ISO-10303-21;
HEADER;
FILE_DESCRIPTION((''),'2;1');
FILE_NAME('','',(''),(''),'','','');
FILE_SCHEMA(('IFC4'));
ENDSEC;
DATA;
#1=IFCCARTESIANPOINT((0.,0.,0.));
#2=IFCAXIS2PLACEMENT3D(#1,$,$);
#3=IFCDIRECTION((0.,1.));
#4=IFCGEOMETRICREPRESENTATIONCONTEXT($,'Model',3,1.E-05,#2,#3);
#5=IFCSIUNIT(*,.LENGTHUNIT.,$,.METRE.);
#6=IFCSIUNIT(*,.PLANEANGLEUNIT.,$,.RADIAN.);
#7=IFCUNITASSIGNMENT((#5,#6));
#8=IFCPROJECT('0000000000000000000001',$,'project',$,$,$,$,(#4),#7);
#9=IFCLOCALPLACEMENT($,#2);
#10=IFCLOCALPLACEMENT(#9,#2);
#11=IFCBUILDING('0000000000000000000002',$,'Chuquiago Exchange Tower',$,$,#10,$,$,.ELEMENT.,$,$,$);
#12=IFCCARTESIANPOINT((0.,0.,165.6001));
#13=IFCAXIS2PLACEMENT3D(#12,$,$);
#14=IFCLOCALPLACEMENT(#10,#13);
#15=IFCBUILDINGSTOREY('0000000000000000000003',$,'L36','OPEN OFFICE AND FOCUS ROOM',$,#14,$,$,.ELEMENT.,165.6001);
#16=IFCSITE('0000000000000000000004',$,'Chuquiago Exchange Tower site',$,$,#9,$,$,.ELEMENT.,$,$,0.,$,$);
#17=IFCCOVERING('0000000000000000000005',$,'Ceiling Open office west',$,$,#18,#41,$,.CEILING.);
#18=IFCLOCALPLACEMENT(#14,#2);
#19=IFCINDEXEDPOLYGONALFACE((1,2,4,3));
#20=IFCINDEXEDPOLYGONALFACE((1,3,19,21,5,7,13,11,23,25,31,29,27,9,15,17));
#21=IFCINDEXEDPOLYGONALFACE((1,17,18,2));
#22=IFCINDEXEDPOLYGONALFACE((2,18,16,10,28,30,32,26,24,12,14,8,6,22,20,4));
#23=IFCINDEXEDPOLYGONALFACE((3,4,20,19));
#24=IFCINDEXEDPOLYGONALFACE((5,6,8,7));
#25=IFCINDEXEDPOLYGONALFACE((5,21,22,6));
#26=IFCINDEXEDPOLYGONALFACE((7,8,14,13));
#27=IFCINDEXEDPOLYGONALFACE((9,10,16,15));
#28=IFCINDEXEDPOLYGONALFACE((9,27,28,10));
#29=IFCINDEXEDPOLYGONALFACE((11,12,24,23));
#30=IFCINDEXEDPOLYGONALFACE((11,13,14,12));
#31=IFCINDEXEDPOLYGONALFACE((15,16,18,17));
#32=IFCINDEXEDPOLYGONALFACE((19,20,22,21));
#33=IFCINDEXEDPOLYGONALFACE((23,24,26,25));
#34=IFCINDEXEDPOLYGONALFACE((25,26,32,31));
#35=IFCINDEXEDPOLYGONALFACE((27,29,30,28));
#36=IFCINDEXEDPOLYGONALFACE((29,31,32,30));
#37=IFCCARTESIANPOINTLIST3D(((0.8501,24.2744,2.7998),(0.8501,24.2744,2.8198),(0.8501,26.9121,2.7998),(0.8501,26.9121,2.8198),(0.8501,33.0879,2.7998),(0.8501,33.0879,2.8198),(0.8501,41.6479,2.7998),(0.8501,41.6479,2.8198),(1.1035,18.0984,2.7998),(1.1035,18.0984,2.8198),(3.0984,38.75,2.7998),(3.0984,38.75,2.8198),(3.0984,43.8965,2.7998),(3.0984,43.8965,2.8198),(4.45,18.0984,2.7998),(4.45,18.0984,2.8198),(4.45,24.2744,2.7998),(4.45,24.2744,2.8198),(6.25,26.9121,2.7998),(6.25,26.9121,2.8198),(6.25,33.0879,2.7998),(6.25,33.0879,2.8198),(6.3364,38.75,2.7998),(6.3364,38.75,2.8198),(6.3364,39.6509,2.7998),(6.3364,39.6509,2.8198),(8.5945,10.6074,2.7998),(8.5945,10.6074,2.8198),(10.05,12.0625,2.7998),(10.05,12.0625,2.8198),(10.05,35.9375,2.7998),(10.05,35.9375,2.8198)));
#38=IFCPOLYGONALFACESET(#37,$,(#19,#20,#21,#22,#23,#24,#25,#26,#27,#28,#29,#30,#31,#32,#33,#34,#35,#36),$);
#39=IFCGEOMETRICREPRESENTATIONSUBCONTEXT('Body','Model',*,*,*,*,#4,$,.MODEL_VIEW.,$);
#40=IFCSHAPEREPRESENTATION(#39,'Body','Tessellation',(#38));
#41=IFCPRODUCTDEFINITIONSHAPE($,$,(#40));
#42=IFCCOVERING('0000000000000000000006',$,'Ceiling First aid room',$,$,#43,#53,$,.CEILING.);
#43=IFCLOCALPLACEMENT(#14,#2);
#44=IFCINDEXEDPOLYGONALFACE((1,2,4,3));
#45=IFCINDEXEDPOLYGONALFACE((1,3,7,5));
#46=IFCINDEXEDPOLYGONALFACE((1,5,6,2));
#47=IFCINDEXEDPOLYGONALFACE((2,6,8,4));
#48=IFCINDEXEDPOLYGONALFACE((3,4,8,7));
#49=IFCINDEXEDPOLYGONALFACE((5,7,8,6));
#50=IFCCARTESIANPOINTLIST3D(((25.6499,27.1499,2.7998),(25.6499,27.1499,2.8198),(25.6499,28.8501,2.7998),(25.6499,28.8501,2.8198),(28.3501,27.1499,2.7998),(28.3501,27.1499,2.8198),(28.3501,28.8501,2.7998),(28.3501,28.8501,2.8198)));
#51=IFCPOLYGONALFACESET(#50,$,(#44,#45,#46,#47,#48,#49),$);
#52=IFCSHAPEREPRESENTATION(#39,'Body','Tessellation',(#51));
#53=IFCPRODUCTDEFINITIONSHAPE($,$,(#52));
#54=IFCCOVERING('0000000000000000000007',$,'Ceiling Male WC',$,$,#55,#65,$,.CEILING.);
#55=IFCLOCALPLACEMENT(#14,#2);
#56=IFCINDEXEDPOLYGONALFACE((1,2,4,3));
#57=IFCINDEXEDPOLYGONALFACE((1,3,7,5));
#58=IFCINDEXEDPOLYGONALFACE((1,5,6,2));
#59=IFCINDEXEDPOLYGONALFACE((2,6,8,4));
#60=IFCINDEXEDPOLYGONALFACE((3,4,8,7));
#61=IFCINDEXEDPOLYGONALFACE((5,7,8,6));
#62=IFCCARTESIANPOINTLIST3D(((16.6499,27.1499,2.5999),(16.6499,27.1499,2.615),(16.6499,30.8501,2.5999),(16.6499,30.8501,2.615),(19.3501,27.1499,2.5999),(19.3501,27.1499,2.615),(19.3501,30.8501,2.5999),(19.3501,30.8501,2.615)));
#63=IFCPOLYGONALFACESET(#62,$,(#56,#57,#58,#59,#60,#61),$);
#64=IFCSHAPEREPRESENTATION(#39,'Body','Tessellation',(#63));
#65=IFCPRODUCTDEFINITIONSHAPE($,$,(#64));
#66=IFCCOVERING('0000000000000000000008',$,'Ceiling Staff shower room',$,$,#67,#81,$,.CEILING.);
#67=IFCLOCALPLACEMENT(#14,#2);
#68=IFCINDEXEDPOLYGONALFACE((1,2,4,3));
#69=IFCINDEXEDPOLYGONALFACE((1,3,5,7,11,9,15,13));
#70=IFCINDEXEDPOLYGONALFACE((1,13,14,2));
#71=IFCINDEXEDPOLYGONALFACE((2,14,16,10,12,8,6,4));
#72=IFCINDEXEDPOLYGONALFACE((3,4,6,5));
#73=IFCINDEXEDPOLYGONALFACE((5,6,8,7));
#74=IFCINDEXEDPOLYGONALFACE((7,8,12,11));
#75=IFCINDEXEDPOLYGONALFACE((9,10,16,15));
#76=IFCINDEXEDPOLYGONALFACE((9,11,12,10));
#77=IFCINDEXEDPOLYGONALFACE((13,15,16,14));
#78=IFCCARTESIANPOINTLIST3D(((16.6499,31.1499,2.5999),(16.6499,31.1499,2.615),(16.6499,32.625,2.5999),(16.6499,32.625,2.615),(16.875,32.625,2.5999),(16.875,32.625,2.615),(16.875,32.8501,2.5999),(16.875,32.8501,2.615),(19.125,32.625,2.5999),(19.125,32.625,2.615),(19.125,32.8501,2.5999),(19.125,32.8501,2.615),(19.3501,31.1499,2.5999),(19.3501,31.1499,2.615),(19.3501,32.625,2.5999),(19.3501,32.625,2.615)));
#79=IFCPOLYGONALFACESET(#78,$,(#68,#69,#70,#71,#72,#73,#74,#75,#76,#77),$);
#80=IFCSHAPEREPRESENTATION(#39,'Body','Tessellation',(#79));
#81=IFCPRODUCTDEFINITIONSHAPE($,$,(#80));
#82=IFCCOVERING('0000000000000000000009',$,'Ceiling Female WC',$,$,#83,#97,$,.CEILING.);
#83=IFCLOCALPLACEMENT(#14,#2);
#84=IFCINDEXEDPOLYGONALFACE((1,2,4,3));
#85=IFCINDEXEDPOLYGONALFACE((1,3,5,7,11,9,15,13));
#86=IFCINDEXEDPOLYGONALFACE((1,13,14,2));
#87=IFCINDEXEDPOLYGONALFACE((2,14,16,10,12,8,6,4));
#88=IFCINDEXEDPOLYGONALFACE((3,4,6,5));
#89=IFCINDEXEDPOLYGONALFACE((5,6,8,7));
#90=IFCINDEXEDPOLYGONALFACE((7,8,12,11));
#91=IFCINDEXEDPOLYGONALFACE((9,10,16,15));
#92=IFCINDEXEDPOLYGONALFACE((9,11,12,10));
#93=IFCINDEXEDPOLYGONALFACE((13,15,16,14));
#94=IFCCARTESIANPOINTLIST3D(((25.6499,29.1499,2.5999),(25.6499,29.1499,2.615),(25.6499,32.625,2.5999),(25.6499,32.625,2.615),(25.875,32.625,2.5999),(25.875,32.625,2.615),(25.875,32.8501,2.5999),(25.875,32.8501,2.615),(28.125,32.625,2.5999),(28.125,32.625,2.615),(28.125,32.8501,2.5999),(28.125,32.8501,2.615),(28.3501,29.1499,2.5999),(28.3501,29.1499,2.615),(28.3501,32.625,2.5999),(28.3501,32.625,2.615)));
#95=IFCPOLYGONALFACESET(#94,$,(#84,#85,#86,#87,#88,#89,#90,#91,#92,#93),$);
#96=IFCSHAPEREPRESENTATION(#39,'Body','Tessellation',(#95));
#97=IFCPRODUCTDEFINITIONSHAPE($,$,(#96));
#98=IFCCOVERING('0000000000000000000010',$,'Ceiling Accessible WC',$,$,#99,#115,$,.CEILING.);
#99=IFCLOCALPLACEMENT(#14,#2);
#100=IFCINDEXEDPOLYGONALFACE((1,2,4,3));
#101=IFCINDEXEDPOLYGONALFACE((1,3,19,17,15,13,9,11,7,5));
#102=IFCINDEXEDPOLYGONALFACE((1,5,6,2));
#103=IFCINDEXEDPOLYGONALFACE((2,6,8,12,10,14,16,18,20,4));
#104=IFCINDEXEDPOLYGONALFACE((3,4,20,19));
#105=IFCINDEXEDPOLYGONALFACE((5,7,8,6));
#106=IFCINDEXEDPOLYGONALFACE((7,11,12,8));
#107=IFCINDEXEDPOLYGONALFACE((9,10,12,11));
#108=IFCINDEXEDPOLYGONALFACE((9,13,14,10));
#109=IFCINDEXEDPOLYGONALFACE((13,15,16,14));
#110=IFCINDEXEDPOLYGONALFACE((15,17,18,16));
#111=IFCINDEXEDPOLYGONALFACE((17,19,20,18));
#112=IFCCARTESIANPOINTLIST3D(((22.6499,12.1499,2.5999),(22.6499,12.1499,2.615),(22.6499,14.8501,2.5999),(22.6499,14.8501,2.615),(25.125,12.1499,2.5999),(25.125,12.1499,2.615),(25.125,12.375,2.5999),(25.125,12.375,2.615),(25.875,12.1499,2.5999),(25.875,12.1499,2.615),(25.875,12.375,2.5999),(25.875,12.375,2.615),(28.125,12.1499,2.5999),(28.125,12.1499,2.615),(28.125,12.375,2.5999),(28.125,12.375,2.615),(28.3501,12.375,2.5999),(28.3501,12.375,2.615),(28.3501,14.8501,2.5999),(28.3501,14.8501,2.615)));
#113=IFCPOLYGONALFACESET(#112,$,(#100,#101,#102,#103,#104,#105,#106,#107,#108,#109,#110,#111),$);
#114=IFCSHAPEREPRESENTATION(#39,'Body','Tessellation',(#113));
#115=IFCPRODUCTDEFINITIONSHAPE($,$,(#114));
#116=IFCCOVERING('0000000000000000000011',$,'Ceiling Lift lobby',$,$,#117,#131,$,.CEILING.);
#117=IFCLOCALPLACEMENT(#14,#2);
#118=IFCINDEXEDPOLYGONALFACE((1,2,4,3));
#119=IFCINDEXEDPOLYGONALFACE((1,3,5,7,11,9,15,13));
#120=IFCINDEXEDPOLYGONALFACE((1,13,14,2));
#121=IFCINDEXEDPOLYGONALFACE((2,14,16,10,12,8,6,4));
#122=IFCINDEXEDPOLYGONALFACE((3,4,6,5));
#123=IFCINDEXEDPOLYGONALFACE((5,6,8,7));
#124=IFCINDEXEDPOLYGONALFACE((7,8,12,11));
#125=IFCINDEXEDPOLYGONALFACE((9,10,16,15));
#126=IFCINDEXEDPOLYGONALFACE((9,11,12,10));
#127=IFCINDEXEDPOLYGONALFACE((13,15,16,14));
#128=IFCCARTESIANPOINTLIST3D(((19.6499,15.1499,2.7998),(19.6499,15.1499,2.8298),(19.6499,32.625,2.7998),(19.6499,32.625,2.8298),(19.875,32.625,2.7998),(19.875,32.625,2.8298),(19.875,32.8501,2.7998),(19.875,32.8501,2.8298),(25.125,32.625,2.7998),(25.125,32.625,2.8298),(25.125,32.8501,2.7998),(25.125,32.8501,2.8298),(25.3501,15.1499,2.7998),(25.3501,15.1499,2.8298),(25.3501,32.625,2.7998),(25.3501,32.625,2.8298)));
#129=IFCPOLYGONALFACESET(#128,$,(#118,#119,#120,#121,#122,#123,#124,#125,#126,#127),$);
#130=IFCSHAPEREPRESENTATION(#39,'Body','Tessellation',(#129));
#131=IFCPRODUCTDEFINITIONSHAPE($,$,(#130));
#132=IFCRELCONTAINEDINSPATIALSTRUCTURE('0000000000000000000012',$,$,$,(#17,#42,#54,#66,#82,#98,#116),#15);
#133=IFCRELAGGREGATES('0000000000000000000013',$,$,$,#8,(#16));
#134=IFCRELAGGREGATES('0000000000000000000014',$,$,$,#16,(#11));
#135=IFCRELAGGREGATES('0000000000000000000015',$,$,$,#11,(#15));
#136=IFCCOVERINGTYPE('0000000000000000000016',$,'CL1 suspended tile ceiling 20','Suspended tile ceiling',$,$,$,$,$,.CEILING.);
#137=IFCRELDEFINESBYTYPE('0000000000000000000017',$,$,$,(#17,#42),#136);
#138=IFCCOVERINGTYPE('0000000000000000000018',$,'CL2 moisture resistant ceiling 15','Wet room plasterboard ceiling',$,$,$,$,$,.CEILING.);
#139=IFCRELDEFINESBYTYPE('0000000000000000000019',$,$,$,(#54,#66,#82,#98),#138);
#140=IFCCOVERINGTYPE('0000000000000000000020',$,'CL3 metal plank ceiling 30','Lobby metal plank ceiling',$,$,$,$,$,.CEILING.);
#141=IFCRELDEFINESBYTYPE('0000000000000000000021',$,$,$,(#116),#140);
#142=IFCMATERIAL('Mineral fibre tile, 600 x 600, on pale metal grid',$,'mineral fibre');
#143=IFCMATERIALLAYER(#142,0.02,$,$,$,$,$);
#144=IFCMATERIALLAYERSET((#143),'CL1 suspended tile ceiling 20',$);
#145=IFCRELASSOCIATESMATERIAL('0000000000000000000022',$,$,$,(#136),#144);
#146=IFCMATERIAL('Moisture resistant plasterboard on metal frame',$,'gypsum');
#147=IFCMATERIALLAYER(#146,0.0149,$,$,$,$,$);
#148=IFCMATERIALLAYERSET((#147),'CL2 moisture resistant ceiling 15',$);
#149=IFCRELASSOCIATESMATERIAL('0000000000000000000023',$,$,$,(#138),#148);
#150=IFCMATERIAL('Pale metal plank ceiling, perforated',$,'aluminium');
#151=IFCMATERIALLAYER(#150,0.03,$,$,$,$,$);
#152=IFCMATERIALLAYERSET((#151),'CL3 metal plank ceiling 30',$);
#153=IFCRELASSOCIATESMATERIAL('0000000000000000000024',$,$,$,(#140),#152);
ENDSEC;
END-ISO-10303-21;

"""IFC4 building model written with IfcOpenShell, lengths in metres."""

from ifc_helpers import new_model, si_unit, direction, frame, origin, place, context, subcontext, project, spatial, polyline, outline, extrude, material, layer, layer_set, type_object, element, save


model = new_model("IFC4")

# Units and contexts
model_context = context("Model", 3, precision=1e-05, world=origin(), true_north=direction((0.0, 1.0)))
body_context = subcontext(model_context, "Body", "Model", "MODEL_VIEW")
ifc_project = project(units=[si_unit("LENGTHUNIT", "METRE"), si_unit("PLANEANGLEUNIT", "RADIAN")], contexts=[model_context])

# Site, building, storey
site_placement = place(None, origin())
site = spatial("IfcSite", under=ifc_project, at=site_placement, Name="Chuquiago Exchange Tower site", CompositionType="ELEMENT", RefElevation=0.0)
building_placement = place(site_placement, origin())
building = spatial("IfcBuilding", under=site, at=building_placement, Name="Chuquiago Exchange Tower", CompositionType="ELEMENT")
storey_placement = place(building_placement, frame((0.0, 0.0, 165.6001)))
storey = spatial("IfcBuildingStorey", under=building, at=storey_placement, Name="L36", Description="OPEN OFFICE AND FOCUS ROOM", CompositionType="ELEMENT", Elevation=165.6001)

# Coverings
ifc_material_1 = material(Name="Mineral fibre tile, 600 x 600, on pale metal grid", Category="mineral fibre")
ifc_layer_1 = layer(ifc_material_1, 0.02)
ifc_layer_set_1 = layer_set([ifc_layer_1], Name="CL1 suspended tile ceiling 20")
covering_type_1 = type_object("IfcCoveringType", Name="CL1 suspended tile ceiling 20", Description="Suspended tile ceiling", PredefinedType="CEILING", material=ifc_layer_set_1)
covering_1_placement = place(storey_placement, frame((0.0, 0.0, 2.7998)))
element("IfcCovering", 1, at=covering_1_placement, inside=storey, type_object=covering_type_1, Name="Ceiling Open office west", PredefinedType="CEILING", context=body_context, shape_type="SweptSolid", body=[
    extrude(outline(polyline([(3.0984, 38.75), (6.3364, 38.75), (6.3364, 39.6509), (10.05, 35.9375), (10.05, 12.0625), (8.5945, 10.6074), (1.1035, 18.0984), (4.45, 18.0984), (4.45, 24.2744), (0.8501, 24.2744), (0.8501, 26.9121), (6.25, 26.9121), (6.25, 33.0879), (0.8501, 33.0879), (0.8501, 41.6479), (3.0984, 43.8965), (3.0984, 38.75)])), origin(), (0.0, 0.0, 1.0), 0.02),
])
covering_2_placement = place(storey_placement, frame((0.0, 0.0, 2.7998)))
element("IfcCovering", 2, at=covering_2_placement, inside=storey, type_object=covering_type_1, Name="Ceiling First aid room", PredefinedType="CEILING", context=body_context, shape_type="SweptSolid", body=[
    extrude(outline(polyline([(25.6499, 27.1499), (25.6499, 28.8501), (28.3501, 28.8501), (28.3501, 27.1499), (25.6499, 27.1499)])), origin(), (0.0, 0.0, 1.0), 0.02),
])
ifc_material_2 = material(Name="Moisture resistant plasterboard on metal frame", Category="gypsum")
ifc_layer_2 = layer(ifc_material_2, 0.0149)
ifc_layer_set_2 = layer_set([ifc_layer_2], Name="CL2 moisture resistant ceiling 15")
covering_type_2 = type_object("IfcCoveringType", Name="CL2 moisture resistant ceiling 15", Description="Wet room plasterboard ceiling", PredefinedType="CEILING", material=ifc_layer_set_2)
covering_3_placement = place(storey_placement, frame((0.0, 0.0, 2.5999)))
element("IfcCovering", 3, at=covering_3_placement, inside=storey, type_object=covering_type_2, Name="Ceiling Male WC", PredefinedType="CEILING", context=body_context, shape_type="SweptSolid", body=[
    extrude(outline(polyline([(16.6499, 27.1499), (16.6499, 30.8501), (19.3501, 30.8501), (19.3501, 27.1499), (16.6499, 27.1499)])), origin(), (0.0, 0.0, 1.0), 0.0151),
])
covering_4_placement = place(storey_placement, frame((0.0, 0.0, 2.5999)))
element("IfcCovering", 4, at=covering_4_placement, inside=storey, type_object=covering_type_2, Name="Ceiling Staff shower room", PredefinedType="CEILING", context=body_context, shape_type="SweptSolid", body=[
    extrude(outline(polyline([(16.6499, 31.1499), (16.6499, 32.625), (16.875, 32.625), (16.875, 32.8501), (19.125, 32.8501), (19.125, 32.625), (19.3501, 32.625), (19.3501, 31.1499), (16.6499, 31.1499)])), origin(), (0.0, 0.0, 1.0), 0.0151),
])
covering_5_placement = place(storey_placement, frame((0.0, 0.0, 2.5999)))
element("IfcCovering", 5, at=covering_5_placement, inside=storey, type_object=covering_type_2, Name="Ceiling Female WC", PredefinedType="CEILING", context=body_context, shape_type="SweptSolid", body=[
    extrude(outline(polyline([(25.6499, 29.1499), (25.6499, 32.625), (25.875, 32.625), (25.875, 32.8501), (28.125, 32.8501), (28.125, 32.625), (28.3501, 32.625), (28.3501, 29.1499), (25.6499, 29.1499)])), origin(), (0.0, 0.0, 1.0), 0.0151),
])
covering_6_placement = place(storey_placement, frame((0.0, 0.0, 2.5999)))
element("IfcCovering", 6, at=covering_6_placement, inside=storey, type_object=covering_type_2, Name="Ceiling Accessible WC", PredefinedType="CEILING", context=body_context, shape_type="SweptSolid", body=[
    extrude(outline(polyline([(25.875, 12.1499), (25.875, 12.375), (25.125, 12.375), (25.125, 12.1499), (22.6499, 12.1499), (22.6499, 14.8501), (28.3501, 14.8501), (28.3501, 12.375), (28.125, 12.375), (28.125, 12.1499), (25.875, 12.1499)])), origin(), (0.0, 0.0, 1.0), 0.0151),
])
ifc_material_3 = material(Name="Pale metal plank ceiling, perforated", Category="aluminium")
ifc_layer_3 = layer(ifc_material_3, 0.03)
ifc_layer_set_3 = layer_set([ifc_layer_3], Name="CL3 metal plank ceiling 30")
covering_type_3 = type_object("IfcCoveringType", Name="CL3 metal plank ceiling 30", Description="Lobby metal plank ceiling", PredefinedType="CEILING", material=ifc_layer_set_3)
covering_7_placement = place(storey_placement, frame((0.0, 0.0, 2.7998)))
element("IfcCovering", 7, at=covering_7_placement, inside=storey, type_object=covering_type_3, Name="Ceiling Lift lobby", PredefinedType="CEILING", context=body_context, shape_type="SweptSolid", body=[
    extrude(outline(polyline([(19.6499, 15.1499), (19.6499, 32.625), (19.875, 32.625), (19.875, 32.8501), (25.125, 32.8501), (25.125, 32.625), (25.3501, 32.625), (25.3501, 15.1499), (19.6499, 15.1499)])), origin(), (0.0, 0.0, 1.0), 0.03),
])

save(model, "model.ifc")
